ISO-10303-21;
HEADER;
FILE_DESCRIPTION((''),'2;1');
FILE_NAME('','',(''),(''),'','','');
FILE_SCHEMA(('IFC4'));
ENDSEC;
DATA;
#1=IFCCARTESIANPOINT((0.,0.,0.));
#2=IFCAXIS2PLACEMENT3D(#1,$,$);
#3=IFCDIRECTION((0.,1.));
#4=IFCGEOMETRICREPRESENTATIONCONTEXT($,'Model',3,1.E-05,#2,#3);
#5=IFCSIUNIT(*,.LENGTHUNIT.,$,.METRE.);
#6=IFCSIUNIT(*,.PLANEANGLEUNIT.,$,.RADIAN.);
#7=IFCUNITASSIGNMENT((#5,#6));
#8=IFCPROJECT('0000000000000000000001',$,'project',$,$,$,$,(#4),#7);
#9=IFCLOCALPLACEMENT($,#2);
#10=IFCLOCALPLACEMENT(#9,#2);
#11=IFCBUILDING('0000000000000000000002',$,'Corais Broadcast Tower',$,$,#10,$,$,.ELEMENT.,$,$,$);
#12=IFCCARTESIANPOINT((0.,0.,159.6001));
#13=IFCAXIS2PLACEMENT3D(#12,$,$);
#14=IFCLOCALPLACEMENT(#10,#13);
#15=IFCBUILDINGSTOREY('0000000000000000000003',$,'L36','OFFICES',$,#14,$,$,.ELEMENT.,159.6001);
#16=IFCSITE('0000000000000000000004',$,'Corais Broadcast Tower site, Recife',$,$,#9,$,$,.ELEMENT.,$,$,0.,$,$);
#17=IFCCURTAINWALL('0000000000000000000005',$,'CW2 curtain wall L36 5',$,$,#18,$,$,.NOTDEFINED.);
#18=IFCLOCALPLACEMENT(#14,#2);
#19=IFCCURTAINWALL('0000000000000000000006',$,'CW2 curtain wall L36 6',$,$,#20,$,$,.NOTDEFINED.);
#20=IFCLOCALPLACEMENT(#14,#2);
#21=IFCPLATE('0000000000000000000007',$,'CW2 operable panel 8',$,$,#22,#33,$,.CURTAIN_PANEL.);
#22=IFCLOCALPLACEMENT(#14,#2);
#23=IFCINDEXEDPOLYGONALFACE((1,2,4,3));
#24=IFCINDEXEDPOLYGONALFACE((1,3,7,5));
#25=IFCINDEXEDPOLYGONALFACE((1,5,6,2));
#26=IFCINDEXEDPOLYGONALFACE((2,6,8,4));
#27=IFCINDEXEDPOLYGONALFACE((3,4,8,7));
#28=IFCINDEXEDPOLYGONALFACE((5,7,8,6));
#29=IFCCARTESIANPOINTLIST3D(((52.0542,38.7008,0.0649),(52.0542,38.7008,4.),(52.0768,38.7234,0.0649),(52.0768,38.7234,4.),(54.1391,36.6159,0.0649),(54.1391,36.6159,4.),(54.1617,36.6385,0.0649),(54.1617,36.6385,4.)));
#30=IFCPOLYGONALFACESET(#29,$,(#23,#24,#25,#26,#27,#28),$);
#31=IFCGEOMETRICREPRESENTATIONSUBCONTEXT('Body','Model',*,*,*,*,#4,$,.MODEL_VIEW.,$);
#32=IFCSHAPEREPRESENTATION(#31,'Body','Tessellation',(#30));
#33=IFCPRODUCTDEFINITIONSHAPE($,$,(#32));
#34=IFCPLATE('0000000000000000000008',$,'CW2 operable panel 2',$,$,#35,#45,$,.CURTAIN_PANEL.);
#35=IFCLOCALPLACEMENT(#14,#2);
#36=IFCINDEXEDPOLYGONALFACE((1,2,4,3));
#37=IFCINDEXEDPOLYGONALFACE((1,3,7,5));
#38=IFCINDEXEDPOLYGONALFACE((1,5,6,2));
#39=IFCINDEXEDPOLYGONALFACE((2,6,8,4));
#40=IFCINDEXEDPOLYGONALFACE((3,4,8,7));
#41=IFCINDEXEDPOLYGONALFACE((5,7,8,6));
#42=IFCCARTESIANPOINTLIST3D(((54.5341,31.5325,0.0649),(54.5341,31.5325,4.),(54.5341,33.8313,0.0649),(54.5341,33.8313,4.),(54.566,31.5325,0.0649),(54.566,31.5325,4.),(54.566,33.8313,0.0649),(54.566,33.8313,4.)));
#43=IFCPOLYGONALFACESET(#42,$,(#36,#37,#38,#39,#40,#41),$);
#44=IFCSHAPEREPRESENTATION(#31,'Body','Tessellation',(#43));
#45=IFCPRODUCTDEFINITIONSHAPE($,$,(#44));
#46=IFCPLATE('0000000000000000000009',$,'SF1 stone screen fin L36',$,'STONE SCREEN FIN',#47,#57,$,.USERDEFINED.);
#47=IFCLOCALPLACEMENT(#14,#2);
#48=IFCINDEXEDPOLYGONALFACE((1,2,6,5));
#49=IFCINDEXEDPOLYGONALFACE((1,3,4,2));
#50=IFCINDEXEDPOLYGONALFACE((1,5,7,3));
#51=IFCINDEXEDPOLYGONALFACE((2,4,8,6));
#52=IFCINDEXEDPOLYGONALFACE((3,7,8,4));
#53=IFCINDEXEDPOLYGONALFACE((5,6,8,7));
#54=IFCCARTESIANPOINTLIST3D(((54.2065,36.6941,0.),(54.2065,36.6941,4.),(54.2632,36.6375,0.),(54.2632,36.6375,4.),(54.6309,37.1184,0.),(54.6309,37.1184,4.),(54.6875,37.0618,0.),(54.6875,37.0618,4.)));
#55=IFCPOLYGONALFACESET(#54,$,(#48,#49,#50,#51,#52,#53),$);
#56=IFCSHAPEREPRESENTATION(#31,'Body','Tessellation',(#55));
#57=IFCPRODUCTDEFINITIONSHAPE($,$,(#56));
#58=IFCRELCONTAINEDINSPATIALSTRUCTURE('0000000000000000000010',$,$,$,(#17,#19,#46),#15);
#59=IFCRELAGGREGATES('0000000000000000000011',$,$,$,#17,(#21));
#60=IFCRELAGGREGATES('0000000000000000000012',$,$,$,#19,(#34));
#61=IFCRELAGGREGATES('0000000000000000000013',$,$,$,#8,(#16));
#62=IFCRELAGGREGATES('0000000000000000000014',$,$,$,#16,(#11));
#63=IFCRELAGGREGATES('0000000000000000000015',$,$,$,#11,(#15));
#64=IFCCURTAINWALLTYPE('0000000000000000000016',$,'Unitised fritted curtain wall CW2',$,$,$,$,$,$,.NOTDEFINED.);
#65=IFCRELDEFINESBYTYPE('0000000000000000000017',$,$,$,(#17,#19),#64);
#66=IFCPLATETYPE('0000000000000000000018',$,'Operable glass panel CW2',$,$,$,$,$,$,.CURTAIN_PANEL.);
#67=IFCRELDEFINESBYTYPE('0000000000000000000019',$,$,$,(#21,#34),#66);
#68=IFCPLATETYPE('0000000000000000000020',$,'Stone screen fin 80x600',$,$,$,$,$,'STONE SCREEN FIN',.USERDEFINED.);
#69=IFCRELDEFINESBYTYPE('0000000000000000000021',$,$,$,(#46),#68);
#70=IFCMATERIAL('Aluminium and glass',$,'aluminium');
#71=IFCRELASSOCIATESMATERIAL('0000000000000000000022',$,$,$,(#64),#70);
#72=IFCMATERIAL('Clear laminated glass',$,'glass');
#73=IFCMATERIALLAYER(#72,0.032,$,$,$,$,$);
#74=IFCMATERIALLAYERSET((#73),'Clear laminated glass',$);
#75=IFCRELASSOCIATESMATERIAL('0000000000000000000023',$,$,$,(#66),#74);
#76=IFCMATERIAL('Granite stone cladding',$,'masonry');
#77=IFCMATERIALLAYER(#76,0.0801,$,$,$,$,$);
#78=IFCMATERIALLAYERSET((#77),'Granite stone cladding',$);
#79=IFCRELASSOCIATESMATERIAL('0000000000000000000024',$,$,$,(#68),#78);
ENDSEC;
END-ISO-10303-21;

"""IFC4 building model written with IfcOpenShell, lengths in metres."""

from ifc_helpers import new_model, si_unit, direction, frame, origin, origin_2d, place, context, subcontext, project, spatial, rectangle, extrude, material, layer, layer_set, type_object, element, aggregate, save


model = new_model("IFC4")

# Units and contexts
model_context = context("Model", 3, precision=1e-05, world=origin(), true_north=direction((0.0, 1.0)))
body_context = subcontext(model_context, "Body", "Model", "MODEL_VIEW")
ifc_project = project(units=[si_unit("LENGTHUNIT", "METRE"), si_unit("PLANEANGLEUNIT", "RADIAN")], contexts=[model_context])

# Site, building, storey
site_placement = place(None, origin())
site = spatial("IfcSite", under=ifc_project, at=site_placement, Name="Corais Broadcast Tower site, Recife", CompositionType="ELEMENT", RefElevation=0.0)
building_placement = place(site_placement, origin())
building = spatial("IfcBuilding", under=site, at=building_placement, Name="Corais Broadcast Tower", CompositionType="ELEMENT")
storey_placement = place(building_placement, frame((0.0, 0.0, 159.6001)))
storey = spatial("IfcBuildingStorey", under=building, at=storey_placement, Name="L36", Description="OFFICES", CompositionType="ELEMENT", Elevation=159.6001)

# Curtain walls
ifc_material_1 = material(Name="Aluminium and glass", Category="aluminium")
curtain_wall_type = type_object("IfcCurtainWallType", Name="Unitised fritted curtain wall CW2", PredefinedType="NOTDEFINED", material=ifc_material_1)
curtain_wall_1_placement = place(storey_placement, origin())
curtain_wall_1 = element("IfcCurtainWall", 1, at=curtain_wall_1_placement, inside=storey, type_object=curtain_wall_type, Name="CW2 curtain wall L36 5", PredefinedType="NOTDEFINED")
curtain_wall_2_placement = place(storey_placement, origin())
curtain_wall_2 = element("IfcCurtainWall", 2, at=curtain_wall_2_placement, inside=storey, type_object=curtain_wall_type, Name="CW2 curtain wall L36 6", PredefinedType="NOTDEFINED")

# Plates
ifc_material_2 = material(Name="Clear laminated glass", Category="glass")
ifc_layer_1 = layer(ifc_material_2, 0.032)
ifc_layer_set_1 = layer_set([ifc_layer_1], Name="Clear laminated glass")
plate_type_1 = type_object("IfcPlateType", Name="Operable glass panel CW2", PredefinedType="CURTAIN_PANEL", material=ifc_layer_set_1)
plate_1_placement = place(storey_placement, frame((53.1079, 37.6697, 0.0649), z_axis=(0.0, 0.0, 1.0), x_axis=(0.707107, -0.707107, 0.0)))
plate_1 = element("IfcPlate", 3, at=plate_1_placement, type_object=plate_type_1, Name="CW2 operable panel 8", PredefinedType="CURTAIN_PANEL", context=body_context, shape_type="SweptSolid", body=[
    extrude(rectangle(XDim=2.9485, YDim=0.032, at=origin_2d()), origin(), (0.0, 0.0, 1.0), 3.9351),
])
aggregate(curtain_wall_1, [plate_1])
plate_2_placement = place(storey_placement, frame((54.55, 32.6819, 0.0649), z_axis=(0.0, 0.0, 1.0), x_axis=(0.0, -1.0, 0.0)))
plate_2 = element("IfcPlate", 4, at=plate_2_placement, type_object=plate_type_1, Name="CW2 operable panel 2", PredefinedType="CURTAIN_PANEL", context=body_context, shape_type="SweptSolid", body=[
    extrude(rectangle(XDim=2.2988, YDim=0.032, at=origin_2d()), origin(), (0.0, 0.0, 1.0), 3.9351),
])
aggregate(curtain_wall_2, [plate_2])
ifc_material_3 = material(Name="Granite stone cladding", Category="masonry")
ifc_layer_2 = layer(ifc_material_3, 0.0801)
ifc_layer_set_2 = layer_set([ifc_layer_2], Name="Granite stone cladding")
plate_type_2 = type_object("IfcPlateType", Name="Stone screen fin 80x600", ElementType="STONE SCREEN FIN", PredefinedType="USERDEFINED", material=ifc_layer_set_2)
plate_3_placement = place(storey_placement, frame((54.447, 36.8779, 0.0), z_axis=(0.0, 0.0, 1.0), x_axis=(0.707107, -0.707107, 0.0)))
element("IfcPlate", 5, at=plate_3_placement, inside=storey, type_object=plate_type_2, Name="SF1 stone screen fin L36", ObjectType="STONE SCREEN FIN", PredefinedType="USERDEFINED", context=body_context, shape_type="SweptSolid", body=[
    extrude(rectangle(XDim=0.0801, YDim=0.6001, at=origin_2d()), origin(), (0.0, 0.0, 1.0), 4.0),
])

save(model, "model.ifc")
